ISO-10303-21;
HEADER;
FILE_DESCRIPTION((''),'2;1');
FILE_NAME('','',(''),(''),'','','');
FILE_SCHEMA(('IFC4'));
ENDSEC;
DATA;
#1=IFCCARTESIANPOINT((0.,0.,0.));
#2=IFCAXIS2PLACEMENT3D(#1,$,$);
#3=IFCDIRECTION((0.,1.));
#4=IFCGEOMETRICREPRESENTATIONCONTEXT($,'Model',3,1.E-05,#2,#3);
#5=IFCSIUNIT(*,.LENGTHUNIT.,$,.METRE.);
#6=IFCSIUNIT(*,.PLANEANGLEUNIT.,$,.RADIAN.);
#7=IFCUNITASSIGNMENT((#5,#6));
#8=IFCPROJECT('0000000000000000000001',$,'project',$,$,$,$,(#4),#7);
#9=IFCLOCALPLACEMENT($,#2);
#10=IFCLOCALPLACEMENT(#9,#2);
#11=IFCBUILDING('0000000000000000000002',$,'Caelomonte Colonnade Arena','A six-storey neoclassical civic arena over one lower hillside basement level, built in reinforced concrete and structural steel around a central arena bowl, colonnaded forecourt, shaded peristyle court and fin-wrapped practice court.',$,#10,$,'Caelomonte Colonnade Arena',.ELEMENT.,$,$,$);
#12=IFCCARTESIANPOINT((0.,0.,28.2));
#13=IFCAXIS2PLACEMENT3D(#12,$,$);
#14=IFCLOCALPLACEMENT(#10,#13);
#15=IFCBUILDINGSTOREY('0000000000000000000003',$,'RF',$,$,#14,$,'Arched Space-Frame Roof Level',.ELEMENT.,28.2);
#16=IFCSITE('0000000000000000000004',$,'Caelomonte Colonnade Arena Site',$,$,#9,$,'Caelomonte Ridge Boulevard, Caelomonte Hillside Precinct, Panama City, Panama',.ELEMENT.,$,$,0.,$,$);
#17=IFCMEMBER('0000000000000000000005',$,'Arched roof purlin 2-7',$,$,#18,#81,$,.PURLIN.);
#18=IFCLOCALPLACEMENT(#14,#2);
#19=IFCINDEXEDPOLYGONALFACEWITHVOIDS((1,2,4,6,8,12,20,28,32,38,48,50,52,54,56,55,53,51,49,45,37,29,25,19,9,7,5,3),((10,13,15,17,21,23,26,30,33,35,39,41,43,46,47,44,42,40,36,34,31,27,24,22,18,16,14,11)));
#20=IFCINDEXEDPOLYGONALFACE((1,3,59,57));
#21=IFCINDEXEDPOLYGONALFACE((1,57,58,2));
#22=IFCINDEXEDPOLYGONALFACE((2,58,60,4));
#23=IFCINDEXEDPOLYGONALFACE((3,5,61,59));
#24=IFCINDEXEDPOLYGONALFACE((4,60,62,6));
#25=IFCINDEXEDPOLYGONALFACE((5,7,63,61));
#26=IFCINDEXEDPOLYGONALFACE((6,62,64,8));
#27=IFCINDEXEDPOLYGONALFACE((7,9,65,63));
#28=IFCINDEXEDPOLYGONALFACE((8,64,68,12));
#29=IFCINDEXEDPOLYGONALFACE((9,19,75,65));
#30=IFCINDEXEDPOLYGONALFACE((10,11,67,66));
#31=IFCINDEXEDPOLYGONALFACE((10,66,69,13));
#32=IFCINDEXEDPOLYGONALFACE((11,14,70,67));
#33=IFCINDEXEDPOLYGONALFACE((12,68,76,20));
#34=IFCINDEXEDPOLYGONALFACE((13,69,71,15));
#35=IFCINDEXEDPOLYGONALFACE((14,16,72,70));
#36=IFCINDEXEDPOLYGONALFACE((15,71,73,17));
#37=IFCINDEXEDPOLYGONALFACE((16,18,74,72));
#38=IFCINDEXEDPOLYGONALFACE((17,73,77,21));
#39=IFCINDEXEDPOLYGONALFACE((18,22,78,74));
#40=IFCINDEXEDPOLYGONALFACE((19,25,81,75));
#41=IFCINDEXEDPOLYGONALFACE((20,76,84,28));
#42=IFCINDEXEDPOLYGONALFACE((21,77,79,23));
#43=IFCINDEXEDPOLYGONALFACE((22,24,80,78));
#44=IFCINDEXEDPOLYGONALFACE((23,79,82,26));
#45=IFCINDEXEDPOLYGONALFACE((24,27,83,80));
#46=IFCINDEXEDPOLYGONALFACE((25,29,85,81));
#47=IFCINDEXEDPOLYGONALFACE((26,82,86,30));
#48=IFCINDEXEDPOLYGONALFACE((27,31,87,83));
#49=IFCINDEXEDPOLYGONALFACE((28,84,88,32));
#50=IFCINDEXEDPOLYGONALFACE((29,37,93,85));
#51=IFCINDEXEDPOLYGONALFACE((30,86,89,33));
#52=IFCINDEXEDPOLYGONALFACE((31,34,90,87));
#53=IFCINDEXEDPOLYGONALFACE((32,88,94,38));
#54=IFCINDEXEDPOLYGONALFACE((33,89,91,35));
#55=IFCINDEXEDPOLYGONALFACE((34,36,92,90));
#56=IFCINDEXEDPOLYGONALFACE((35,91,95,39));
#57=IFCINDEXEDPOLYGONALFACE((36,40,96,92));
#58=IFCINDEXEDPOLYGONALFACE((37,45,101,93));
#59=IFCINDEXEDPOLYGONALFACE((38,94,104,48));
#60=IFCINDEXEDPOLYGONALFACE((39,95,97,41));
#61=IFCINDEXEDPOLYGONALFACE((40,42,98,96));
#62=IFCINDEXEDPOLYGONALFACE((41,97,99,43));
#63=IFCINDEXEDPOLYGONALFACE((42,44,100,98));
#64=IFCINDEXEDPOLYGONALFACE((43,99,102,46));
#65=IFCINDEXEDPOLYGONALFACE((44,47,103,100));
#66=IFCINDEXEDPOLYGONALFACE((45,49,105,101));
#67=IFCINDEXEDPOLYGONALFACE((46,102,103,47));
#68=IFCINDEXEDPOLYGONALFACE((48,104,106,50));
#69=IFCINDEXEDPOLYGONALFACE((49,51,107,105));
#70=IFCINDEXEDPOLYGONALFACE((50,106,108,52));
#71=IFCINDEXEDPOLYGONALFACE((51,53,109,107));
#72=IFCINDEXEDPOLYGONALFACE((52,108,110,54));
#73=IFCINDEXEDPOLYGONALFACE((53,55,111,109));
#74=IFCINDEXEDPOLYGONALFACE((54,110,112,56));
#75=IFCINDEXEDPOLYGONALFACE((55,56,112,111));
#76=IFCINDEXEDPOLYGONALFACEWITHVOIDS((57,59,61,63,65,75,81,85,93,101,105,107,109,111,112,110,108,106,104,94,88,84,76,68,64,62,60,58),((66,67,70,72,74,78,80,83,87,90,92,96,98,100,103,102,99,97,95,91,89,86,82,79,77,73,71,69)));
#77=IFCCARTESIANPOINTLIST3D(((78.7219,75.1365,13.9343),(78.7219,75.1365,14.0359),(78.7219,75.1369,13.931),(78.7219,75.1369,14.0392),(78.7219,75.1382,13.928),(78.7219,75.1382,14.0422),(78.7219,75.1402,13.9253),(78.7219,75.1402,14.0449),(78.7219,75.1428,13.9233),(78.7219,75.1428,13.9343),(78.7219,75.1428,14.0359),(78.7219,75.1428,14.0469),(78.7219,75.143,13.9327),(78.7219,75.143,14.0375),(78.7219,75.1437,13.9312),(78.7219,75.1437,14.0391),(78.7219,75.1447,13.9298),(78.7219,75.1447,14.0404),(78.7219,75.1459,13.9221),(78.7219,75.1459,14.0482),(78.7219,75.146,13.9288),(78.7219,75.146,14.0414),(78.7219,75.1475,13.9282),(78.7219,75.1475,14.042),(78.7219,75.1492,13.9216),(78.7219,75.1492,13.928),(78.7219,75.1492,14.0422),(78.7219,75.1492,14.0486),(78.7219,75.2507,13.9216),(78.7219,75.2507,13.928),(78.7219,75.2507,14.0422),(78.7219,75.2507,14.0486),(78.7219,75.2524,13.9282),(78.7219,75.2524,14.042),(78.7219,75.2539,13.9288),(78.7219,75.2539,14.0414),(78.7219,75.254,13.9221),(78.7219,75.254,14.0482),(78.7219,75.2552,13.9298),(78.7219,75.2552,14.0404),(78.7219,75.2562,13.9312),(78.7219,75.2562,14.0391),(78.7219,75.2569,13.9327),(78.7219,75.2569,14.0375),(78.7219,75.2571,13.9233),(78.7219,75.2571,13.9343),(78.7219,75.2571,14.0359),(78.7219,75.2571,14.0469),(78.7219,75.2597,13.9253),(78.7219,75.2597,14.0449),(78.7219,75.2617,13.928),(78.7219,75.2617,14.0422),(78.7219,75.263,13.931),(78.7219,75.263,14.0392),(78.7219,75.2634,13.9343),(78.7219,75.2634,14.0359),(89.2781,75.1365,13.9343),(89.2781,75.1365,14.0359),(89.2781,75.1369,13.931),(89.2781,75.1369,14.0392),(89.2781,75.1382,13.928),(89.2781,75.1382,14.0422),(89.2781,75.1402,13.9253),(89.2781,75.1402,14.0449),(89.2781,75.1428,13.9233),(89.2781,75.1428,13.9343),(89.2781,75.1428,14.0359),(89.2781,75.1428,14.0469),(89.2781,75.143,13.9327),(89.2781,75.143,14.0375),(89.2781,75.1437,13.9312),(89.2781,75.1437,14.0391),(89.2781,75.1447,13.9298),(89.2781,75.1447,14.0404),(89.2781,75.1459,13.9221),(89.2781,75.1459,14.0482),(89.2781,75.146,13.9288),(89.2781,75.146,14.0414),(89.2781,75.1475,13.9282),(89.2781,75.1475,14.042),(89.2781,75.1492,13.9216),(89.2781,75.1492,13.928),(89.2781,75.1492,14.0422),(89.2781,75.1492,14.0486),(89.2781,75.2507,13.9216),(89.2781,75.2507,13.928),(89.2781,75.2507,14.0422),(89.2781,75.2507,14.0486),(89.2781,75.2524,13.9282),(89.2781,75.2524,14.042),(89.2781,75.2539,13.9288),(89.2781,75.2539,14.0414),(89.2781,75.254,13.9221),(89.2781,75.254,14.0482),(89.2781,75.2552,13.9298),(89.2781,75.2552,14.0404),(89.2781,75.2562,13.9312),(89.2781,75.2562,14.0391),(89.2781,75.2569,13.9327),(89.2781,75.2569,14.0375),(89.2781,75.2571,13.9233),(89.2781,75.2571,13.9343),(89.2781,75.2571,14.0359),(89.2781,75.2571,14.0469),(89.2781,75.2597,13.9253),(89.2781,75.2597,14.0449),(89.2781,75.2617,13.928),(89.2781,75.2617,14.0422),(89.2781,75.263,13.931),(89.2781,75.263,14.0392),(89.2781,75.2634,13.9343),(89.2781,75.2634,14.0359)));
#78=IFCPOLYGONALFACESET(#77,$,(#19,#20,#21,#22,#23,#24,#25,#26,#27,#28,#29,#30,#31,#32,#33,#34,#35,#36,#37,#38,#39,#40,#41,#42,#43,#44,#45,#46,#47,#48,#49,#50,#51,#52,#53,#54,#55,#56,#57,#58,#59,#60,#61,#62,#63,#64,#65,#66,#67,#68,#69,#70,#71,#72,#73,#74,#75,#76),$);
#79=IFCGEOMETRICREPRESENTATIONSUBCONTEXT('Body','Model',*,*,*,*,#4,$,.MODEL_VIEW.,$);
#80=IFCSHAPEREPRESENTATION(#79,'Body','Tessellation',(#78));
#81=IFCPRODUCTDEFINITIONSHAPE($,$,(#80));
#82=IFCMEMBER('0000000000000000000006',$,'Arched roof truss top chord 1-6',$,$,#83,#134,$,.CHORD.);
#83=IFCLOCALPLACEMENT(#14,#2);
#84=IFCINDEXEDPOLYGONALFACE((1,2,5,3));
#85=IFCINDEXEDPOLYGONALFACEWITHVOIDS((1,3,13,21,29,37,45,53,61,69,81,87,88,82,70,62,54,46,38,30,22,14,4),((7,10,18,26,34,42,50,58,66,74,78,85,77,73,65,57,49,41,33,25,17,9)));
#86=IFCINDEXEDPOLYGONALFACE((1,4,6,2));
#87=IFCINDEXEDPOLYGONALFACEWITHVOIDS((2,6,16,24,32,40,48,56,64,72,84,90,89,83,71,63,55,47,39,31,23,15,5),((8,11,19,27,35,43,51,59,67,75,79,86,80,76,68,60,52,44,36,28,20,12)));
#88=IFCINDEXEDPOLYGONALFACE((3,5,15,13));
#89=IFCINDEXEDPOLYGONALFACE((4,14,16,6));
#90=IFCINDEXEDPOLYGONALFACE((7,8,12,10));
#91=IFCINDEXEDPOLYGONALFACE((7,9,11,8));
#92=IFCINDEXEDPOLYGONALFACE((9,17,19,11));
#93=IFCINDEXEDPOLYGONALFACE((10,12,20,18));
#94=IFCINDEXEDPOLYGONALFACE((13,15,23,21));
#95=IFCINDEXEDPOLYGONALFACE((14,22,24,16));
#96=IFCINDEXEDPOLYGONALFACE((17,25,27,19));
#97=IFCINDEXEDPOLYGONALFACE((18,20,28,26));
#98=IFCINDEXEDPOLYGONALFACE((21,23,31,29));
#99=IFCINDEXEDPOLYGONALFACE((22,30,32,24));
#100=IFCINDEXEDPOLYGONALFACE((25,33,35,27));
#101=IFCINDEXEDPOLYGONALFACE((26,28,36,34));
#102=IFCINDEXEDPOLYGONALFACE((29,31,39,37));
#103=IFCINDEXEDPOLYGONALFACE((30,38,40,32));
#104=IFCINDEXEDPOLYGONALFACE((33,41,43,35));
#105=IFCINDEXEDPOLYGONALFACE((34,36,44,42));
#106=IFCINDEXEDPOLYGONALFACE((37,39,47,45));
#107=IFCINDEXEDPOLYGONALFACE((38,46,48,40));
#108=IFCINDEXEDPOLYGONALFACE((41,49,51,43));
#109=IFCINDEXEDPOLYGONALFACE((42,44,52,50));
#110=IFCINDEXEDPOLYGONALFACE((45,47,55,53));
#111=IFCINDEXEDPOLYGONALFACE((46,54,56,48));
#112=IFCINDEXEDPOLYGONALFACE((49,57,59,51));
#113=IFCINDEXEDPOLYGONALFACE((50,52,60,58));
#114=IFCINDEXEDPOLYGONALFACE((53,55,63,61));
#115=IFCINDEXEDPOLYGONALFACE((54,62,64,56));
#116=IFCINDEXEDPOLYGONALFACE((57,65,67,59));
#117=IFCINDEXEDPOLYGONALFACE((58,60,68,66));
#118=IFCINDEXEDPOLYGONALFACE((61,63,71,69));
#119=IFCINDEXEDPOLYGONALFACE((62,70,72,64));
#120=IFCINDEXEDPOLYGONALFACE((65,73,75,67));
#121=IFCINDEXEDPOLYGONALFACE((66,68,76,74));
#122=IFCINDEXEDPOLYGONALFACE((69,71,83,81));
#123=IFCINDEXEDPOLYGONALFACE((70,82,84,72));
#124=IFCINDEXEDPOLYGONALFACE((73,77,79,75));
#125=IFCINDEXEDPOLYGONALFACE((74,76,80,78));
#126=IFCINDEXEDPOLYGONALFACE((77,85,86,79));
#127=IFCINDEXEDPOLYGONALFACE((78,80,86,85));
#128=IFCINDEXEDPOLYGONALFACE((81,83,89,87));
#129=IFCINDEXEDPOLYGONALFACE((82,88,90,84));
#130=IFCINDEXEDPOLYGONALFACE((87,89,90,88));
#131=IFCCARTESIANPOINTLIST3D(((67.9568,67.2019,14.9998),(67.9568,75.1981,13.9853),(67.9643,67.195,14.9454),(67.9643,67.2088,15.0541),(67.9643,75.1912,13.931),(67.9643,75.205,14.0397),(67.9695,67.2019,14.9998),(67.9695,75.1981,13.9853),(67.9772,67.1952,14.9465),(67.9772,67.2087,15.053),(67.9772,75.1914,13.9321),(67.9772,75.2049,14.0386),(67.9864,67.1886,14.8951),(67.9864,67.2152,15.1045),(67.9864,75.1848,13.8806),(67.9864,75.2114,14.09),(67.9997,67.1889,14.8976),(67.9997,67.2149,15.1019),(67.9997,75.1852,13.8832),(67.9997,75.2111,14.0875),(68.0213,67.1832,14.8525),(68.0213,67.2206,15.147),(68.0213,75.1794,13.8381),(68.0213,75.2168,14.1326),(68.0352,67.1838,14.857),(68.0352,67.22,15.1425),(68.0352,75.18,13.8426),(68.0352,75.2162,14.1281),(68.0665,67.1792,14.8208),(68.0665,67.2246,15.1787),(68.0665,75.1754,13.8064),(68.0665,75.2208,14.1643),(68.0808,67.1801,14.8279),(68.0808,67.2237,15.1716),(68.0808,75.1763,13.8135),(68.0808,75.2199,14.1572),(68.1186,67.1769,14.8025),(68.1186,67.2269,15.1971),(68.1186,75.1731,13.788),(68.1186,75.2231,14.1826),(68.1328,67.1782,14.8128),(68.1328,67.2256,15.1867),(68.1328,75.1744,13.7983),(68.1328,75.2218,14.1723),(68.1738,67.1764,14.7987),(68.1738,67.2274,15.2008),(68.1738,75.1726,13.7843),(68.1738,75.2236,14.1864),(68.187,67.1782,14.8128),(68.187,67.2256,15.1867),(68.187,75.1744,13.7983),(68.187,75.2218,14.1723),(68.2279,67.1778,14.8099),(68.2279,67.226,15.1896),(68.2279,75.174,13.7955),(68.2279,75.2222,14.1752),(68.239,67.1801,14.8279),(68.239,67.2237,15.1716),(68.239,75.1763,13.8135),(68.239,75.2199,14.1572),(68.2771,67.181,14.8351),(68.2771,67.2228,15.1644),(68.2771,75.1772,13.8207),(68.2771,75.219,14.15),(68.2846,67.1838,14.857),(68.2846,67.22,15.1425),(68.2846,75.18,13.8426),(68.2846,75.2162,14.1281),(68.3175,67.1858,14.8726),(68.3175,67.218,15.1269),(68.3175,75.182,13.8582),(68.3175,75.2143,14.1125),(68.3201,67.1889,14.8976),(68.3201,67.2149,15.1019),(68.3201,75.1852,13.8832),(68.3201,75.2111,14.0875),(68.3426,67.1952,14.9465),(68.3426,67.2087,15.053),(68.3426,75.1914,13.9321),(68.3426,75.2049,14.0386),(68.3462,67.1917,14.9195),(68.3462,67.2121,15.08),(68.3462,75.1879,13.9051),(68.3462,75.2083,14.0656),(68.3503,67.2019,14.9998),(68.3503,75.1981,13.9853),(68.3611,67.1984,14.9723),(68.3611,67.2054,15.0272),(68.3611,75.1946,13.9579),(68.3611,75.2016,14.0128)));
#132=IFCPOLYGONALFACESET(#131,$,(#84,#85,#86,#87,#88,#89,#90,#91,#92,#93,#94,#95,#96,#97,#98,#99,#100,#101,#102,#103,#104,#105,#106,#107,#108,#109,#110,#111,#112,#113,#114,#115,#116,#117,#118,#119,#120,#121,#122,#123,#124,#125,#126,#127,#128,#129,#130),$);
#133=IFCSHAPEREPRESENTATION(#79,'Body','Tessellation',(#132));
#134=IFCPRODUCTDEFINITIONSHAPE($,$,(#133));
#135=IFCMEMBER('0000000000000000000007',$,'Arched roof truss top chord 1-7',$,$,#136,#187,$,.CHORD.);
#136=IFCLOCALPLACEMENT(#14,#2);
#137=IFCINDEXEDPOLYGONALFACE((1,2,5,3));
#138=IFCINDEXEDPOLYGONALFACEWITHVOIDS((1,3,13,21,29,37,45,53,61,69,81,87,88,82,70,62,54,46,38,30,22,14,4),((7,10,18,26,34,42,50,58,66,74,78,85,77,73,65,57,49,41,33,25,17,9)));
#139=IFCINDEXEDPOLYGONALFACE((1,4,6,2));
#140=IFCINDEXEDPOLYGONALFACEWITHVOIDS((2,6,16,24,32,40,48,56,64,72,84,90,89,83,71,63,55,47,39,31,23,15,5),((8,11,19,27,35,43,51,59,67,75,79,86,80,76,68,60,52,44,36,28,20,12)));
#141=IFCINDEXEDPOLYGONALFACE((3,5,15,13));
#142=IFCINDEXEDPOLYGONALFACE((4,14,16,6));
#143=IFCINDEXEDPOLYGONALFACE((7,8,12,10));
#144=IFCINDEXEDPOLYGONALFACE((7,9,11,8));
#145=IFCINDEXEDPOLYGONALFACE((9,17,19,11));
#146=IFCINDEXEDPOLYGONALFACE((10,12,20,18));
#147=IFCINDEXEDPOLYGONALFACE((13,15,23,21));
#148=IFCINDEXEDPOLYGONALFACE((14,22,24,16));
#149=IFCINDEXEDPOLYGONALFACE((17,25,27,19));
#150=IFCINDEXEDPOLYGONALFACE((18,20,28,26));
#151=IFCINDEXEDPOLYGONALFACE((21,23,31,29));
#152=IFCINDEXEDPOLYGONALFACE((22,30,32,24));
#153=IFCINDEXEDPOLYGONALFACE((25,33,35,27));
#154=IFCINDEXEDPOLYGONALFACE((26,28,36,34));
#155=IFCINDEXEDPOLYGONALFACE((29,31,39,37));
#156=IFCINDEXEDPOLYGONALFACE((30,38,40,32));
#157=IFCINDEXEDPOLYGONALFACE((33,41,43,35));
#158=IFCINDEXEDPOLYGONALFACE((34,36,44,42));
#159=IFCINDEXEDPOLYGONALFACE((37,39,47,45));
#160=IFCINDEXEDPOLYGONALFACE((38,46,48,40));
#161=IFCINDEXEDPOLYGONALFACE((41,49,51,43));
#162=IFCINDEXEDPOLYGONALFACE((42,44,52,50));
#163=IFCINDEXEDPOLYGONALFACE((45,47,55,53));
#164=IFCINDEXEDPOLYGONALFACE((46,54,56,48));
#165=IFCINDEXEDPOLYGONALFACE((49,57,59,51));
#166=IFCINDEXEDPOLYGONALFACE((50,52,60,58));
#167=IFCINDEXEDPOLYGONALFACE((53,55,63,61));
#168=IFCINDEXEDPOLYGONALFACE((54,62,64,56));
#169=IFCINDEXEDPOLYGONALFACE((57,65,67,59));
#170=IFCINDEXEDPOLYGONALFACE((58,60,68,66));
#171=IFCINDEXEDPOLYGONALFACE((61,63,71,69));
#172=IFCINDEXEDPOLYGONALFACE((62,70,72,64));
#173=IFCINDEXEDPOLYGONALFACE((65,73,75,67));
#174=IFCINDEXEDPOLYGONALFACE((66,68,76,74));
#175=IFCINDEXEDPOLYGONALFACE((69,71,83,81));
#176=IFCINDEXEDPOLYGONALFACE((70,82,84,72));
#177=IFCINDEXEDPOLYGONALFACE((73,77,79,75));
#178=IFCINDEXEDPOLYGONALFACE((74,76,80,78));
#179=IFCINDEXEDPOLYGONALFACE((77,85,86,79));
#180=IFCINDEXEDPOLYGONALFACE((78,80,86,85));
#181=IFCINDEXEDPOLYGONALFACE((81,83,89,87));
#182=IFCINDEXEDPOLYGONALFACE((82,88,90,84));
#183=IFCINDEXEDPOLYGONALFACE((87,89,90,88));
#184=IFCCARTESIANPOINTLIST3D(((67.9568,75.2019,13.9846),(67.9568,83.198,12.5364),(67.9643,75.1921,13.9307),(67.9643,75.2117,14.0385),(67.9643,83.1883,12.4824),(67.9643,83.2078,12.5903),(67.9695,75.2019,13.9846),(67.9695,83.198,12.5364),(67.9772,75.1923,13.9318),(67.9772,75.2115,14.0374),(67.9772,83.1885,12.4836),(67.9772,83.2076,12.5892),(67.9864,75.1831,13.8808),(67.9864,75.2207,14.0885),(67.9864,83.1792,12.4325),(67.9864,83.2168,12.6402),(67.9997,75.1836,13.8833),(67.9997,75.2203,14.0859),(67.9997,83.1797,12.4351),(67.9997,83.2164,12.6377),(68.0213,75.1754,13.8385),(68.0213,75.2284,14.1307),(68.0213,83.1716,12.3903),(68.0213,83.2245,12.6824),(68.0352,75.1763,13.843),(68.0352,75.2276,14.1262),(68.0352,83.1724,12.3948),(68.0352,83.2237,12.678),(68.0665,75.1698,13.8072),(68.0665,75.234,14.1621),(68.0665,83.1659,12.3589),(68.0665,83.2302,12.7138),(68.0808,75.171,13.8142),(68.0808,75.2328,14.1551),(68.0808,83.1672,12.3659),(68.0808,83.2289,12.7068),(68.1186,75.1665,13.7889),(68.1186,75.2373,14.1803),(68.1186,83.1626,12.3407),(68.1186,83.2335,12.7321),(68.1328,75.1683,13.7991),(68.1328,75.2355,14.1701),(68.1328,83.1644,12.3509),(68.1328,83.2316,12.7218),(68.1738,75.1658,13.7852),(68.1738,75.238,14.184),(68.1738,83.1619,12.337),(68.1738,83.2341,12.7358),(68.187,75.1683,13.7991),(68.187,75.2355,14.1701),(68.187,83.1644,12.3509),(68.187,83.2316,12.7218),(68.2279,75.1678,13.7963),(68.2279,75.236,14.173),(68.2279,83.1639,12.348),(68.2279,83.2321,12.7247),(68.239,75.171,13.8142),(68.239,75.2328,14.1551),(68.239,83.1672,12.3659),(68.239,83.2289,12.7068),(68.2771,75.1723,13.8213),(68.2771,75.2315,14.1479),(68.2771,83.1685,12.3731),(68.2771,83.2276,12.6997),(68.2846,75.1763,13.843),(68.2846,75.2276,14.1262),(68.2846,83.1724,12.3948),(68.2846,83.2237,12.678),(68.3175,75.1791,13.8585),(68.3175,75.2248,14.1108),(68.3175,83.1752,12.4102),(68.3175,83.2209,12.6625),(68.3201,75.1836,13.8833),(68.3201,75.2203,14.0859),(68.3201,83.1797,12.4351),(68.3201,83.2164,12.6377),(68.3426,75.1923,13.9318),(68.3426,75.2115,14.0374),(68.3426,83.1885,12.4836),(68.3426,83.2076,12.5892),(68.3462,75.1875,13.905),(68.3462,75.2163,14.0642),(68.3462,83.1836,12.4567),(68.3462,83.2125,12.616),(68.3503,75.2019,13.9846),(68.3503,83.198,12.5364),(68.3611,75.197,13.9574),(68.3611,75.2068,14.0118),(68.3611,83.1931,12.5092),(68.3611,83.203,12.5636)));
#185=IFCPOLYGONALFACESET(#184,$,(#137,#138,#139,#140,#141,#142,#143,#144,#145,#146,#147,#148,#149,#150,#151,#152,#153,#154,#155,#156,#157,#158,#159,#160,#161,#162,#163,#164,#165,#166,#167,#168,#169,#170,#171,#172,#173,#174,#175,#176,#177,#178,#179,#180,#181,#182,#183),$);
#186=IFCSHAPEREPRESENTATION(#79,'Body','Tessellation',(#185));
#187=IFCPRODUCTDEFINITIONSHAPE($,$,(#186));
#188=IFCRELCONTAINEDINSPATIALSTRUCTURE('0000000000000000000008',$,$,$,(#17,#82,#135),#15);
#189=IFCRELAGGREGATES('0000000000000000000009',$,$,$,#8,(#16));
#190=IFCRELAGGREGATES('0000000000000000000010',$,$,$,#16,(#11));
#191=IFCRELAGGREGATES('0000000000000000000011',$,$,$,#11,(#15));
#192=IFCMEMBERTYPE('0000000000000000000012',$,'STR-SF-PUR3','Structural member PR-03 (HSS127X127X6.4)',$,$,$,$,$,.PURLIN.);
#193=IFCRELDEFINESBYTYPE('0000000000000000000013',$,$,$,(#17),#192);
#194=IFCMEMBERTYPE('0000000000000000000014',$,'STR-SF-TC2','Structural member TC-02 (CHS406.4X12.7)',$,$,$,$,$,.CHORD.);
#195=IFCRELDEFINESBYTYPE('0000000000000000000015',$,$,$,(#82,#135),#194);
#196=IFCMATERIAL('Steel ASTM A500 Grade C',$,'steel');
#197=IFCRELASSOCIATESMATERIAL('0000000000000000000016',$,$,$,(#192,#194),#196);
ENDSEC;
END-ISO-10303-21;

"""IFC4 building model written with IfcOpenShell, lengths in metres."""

from ifc_helpers import new_model, si_unit, direction, frame, origin, origin_2d, place, context, subcontext, project, spatial, hollow_rectangle, hollow_circle, extrude, material, material_profile, profile_set, type_object, element, save


model = new_model("IFC4")

# Units and contexts
model_context = context("Model", 3, precision=1e-05, world=origin(), true_north=direction((0.0, 1.0)))
body_context = subcontext(model_context, "Body", "Model", "MODEL_VIEW")
ifc_project = project(units=[si_unit("LENGTHUNIT", "METRE"), si_unit("PLANEANGLEUNIT", "RADIAN")], contexts=[model_context])

# Site, building, storey
site_placement = place(None, origin())
site = spatial("IfcSite", under=ifc_project, at=site_placement, Name="Caelomonte Colonnade Arena Site", LongName="Caelomonte Ridge Boulevard, Caelomonte Hillside Precinct, Panama City, Panama", CompositionType="ELEMENT", RefElevation=0.0)
building_placement = place(site_placement, origin())
building = spatial("IfcBuilding", under=site, at=building_placement, Name="Caelomonte Colonnade Arena", Description="A six-storey neoclassical civic arena over one lower hillside basement level, built in reinforced concrete and structural steel around a central arena bowl, colonnaded forecourt, shaded peristyle court and fin-wrapped practice court.", LongName="Caelomonte Colonnade Arena", CompositionType="ELEMENT")
storey_placement = place(building_placement, frame((0.0, 0.0, 28.2)))
storey = spatial("IfcBuildingStorey", under=building, at=storey_placement, Name="RF", LongName="Arched Space-Frame Roof Level", CompositionType="ELEMENT", Elevation=28.2)

# Members
ifc_material_1 = material(Name="Steel ASTM A500 Grade C", Category="steel")
ifc_material_profile_1 = material_profile(ifc_material_1, hollow_rectangle(XDim=0.127, YDim=0.127, WallThickness=0.0063, InnerFilletRadius=0.0063, OuterFilletRadius=0.0127, at=origin_2d()), Name="HSS127X127X6.4")
ifc_profile_set_1 = profile_set([ifc_material_profile_1], Name="Steel ASTM A500 Grade C")
member_type_1 = type_object("IfcMemberType", Name="STR-SF-PUR3", Description="Structural member PR-03 (HSS127X127X6.4)", PredefinedType="PURLIN", material=ifc_profile_set_1)
member_1_placement = place(storey_placement, frame((78.7219, 75.2, 13.9851), z_axis=(1.0, 0.0, 0.0), x_axis=(0.0, 1.0, 0.0)))
element("IfcMember", 1, at=member_1_placement, inside=storey, type_object=member_type_1, Name="Arched roof purlin 2-7", PredefinedType="PURLIN", context=body_context, shape_type="SweptSolid", body=[
    extrude(hollow_rectangle(XDim=0.127, YDim=0.127, WallThickness=0.0063, InnerFilletRadius=0.0063, OuterFilletRadius=0.0127, at=origin_2d()), origin(), (0.0, 0.0, 1.0), 10.5562),
])
ifc_material_profile_2 = material_profile(ifc_material_1, hollow_circle(Radius=0.2031, WallThickness=0.0127, at=origin_2d()), Name="CHS406.4X12.7")
ifc_profile_set_2 = profile_set([ifc_material_profile_2], Name="Steel ASTM A500 Grade C")
member_type_2 = type_object("IfcMemberType", Name="STR-SF-TC2", Description="Structural member TC-02 (CHS406.4X12.7)", PredefinedType="CHORD", material=ifc_profile_set_2)
member_2_placement = place(storey_placement, frame((68.1599, 67.2019, 14.9998), z_axis=(0.0, 0.992049, -0.125854), x_axis=(-1.0, 0.0, 0.0)))
element("IfcMember", 2, at=member_2_placement, inside=storey, type_object=member_type_2, Name="Arched roof truss top chord 1-6", PredefinedType="CHORD", context=body_context, shape_type="SweptSolid", body=[
    extrude(hollow_circle(Radius=0.2031, WallThickness=0.0127, at=origin_2d()), origin(), (0.0, 0.0, 1.0), 8.0603),
])
member_3_placement = place(storey_placement, frame((68.1599, 75.2019, 13.9846), z_axis=(0.0, 0.983991, -0.178219), x_axis=(-1.0, 0.0, 0.0)))
element("IfcMember", 3, at=member_3_placement, inside=storey, type_object=member_type_2, Name="Arched roof truss top chord 1-7", PredefinedType="CHORD", context=body_context, shape_type="SweptSolid", body=[
    extrude(hollow_circle(Radius=0.2031, WallThickness=0.0127, at=origin_2d()), origin(), (0.0, 0.0, 1.0), 8.1262),
])

save(model, "model.ifc")
